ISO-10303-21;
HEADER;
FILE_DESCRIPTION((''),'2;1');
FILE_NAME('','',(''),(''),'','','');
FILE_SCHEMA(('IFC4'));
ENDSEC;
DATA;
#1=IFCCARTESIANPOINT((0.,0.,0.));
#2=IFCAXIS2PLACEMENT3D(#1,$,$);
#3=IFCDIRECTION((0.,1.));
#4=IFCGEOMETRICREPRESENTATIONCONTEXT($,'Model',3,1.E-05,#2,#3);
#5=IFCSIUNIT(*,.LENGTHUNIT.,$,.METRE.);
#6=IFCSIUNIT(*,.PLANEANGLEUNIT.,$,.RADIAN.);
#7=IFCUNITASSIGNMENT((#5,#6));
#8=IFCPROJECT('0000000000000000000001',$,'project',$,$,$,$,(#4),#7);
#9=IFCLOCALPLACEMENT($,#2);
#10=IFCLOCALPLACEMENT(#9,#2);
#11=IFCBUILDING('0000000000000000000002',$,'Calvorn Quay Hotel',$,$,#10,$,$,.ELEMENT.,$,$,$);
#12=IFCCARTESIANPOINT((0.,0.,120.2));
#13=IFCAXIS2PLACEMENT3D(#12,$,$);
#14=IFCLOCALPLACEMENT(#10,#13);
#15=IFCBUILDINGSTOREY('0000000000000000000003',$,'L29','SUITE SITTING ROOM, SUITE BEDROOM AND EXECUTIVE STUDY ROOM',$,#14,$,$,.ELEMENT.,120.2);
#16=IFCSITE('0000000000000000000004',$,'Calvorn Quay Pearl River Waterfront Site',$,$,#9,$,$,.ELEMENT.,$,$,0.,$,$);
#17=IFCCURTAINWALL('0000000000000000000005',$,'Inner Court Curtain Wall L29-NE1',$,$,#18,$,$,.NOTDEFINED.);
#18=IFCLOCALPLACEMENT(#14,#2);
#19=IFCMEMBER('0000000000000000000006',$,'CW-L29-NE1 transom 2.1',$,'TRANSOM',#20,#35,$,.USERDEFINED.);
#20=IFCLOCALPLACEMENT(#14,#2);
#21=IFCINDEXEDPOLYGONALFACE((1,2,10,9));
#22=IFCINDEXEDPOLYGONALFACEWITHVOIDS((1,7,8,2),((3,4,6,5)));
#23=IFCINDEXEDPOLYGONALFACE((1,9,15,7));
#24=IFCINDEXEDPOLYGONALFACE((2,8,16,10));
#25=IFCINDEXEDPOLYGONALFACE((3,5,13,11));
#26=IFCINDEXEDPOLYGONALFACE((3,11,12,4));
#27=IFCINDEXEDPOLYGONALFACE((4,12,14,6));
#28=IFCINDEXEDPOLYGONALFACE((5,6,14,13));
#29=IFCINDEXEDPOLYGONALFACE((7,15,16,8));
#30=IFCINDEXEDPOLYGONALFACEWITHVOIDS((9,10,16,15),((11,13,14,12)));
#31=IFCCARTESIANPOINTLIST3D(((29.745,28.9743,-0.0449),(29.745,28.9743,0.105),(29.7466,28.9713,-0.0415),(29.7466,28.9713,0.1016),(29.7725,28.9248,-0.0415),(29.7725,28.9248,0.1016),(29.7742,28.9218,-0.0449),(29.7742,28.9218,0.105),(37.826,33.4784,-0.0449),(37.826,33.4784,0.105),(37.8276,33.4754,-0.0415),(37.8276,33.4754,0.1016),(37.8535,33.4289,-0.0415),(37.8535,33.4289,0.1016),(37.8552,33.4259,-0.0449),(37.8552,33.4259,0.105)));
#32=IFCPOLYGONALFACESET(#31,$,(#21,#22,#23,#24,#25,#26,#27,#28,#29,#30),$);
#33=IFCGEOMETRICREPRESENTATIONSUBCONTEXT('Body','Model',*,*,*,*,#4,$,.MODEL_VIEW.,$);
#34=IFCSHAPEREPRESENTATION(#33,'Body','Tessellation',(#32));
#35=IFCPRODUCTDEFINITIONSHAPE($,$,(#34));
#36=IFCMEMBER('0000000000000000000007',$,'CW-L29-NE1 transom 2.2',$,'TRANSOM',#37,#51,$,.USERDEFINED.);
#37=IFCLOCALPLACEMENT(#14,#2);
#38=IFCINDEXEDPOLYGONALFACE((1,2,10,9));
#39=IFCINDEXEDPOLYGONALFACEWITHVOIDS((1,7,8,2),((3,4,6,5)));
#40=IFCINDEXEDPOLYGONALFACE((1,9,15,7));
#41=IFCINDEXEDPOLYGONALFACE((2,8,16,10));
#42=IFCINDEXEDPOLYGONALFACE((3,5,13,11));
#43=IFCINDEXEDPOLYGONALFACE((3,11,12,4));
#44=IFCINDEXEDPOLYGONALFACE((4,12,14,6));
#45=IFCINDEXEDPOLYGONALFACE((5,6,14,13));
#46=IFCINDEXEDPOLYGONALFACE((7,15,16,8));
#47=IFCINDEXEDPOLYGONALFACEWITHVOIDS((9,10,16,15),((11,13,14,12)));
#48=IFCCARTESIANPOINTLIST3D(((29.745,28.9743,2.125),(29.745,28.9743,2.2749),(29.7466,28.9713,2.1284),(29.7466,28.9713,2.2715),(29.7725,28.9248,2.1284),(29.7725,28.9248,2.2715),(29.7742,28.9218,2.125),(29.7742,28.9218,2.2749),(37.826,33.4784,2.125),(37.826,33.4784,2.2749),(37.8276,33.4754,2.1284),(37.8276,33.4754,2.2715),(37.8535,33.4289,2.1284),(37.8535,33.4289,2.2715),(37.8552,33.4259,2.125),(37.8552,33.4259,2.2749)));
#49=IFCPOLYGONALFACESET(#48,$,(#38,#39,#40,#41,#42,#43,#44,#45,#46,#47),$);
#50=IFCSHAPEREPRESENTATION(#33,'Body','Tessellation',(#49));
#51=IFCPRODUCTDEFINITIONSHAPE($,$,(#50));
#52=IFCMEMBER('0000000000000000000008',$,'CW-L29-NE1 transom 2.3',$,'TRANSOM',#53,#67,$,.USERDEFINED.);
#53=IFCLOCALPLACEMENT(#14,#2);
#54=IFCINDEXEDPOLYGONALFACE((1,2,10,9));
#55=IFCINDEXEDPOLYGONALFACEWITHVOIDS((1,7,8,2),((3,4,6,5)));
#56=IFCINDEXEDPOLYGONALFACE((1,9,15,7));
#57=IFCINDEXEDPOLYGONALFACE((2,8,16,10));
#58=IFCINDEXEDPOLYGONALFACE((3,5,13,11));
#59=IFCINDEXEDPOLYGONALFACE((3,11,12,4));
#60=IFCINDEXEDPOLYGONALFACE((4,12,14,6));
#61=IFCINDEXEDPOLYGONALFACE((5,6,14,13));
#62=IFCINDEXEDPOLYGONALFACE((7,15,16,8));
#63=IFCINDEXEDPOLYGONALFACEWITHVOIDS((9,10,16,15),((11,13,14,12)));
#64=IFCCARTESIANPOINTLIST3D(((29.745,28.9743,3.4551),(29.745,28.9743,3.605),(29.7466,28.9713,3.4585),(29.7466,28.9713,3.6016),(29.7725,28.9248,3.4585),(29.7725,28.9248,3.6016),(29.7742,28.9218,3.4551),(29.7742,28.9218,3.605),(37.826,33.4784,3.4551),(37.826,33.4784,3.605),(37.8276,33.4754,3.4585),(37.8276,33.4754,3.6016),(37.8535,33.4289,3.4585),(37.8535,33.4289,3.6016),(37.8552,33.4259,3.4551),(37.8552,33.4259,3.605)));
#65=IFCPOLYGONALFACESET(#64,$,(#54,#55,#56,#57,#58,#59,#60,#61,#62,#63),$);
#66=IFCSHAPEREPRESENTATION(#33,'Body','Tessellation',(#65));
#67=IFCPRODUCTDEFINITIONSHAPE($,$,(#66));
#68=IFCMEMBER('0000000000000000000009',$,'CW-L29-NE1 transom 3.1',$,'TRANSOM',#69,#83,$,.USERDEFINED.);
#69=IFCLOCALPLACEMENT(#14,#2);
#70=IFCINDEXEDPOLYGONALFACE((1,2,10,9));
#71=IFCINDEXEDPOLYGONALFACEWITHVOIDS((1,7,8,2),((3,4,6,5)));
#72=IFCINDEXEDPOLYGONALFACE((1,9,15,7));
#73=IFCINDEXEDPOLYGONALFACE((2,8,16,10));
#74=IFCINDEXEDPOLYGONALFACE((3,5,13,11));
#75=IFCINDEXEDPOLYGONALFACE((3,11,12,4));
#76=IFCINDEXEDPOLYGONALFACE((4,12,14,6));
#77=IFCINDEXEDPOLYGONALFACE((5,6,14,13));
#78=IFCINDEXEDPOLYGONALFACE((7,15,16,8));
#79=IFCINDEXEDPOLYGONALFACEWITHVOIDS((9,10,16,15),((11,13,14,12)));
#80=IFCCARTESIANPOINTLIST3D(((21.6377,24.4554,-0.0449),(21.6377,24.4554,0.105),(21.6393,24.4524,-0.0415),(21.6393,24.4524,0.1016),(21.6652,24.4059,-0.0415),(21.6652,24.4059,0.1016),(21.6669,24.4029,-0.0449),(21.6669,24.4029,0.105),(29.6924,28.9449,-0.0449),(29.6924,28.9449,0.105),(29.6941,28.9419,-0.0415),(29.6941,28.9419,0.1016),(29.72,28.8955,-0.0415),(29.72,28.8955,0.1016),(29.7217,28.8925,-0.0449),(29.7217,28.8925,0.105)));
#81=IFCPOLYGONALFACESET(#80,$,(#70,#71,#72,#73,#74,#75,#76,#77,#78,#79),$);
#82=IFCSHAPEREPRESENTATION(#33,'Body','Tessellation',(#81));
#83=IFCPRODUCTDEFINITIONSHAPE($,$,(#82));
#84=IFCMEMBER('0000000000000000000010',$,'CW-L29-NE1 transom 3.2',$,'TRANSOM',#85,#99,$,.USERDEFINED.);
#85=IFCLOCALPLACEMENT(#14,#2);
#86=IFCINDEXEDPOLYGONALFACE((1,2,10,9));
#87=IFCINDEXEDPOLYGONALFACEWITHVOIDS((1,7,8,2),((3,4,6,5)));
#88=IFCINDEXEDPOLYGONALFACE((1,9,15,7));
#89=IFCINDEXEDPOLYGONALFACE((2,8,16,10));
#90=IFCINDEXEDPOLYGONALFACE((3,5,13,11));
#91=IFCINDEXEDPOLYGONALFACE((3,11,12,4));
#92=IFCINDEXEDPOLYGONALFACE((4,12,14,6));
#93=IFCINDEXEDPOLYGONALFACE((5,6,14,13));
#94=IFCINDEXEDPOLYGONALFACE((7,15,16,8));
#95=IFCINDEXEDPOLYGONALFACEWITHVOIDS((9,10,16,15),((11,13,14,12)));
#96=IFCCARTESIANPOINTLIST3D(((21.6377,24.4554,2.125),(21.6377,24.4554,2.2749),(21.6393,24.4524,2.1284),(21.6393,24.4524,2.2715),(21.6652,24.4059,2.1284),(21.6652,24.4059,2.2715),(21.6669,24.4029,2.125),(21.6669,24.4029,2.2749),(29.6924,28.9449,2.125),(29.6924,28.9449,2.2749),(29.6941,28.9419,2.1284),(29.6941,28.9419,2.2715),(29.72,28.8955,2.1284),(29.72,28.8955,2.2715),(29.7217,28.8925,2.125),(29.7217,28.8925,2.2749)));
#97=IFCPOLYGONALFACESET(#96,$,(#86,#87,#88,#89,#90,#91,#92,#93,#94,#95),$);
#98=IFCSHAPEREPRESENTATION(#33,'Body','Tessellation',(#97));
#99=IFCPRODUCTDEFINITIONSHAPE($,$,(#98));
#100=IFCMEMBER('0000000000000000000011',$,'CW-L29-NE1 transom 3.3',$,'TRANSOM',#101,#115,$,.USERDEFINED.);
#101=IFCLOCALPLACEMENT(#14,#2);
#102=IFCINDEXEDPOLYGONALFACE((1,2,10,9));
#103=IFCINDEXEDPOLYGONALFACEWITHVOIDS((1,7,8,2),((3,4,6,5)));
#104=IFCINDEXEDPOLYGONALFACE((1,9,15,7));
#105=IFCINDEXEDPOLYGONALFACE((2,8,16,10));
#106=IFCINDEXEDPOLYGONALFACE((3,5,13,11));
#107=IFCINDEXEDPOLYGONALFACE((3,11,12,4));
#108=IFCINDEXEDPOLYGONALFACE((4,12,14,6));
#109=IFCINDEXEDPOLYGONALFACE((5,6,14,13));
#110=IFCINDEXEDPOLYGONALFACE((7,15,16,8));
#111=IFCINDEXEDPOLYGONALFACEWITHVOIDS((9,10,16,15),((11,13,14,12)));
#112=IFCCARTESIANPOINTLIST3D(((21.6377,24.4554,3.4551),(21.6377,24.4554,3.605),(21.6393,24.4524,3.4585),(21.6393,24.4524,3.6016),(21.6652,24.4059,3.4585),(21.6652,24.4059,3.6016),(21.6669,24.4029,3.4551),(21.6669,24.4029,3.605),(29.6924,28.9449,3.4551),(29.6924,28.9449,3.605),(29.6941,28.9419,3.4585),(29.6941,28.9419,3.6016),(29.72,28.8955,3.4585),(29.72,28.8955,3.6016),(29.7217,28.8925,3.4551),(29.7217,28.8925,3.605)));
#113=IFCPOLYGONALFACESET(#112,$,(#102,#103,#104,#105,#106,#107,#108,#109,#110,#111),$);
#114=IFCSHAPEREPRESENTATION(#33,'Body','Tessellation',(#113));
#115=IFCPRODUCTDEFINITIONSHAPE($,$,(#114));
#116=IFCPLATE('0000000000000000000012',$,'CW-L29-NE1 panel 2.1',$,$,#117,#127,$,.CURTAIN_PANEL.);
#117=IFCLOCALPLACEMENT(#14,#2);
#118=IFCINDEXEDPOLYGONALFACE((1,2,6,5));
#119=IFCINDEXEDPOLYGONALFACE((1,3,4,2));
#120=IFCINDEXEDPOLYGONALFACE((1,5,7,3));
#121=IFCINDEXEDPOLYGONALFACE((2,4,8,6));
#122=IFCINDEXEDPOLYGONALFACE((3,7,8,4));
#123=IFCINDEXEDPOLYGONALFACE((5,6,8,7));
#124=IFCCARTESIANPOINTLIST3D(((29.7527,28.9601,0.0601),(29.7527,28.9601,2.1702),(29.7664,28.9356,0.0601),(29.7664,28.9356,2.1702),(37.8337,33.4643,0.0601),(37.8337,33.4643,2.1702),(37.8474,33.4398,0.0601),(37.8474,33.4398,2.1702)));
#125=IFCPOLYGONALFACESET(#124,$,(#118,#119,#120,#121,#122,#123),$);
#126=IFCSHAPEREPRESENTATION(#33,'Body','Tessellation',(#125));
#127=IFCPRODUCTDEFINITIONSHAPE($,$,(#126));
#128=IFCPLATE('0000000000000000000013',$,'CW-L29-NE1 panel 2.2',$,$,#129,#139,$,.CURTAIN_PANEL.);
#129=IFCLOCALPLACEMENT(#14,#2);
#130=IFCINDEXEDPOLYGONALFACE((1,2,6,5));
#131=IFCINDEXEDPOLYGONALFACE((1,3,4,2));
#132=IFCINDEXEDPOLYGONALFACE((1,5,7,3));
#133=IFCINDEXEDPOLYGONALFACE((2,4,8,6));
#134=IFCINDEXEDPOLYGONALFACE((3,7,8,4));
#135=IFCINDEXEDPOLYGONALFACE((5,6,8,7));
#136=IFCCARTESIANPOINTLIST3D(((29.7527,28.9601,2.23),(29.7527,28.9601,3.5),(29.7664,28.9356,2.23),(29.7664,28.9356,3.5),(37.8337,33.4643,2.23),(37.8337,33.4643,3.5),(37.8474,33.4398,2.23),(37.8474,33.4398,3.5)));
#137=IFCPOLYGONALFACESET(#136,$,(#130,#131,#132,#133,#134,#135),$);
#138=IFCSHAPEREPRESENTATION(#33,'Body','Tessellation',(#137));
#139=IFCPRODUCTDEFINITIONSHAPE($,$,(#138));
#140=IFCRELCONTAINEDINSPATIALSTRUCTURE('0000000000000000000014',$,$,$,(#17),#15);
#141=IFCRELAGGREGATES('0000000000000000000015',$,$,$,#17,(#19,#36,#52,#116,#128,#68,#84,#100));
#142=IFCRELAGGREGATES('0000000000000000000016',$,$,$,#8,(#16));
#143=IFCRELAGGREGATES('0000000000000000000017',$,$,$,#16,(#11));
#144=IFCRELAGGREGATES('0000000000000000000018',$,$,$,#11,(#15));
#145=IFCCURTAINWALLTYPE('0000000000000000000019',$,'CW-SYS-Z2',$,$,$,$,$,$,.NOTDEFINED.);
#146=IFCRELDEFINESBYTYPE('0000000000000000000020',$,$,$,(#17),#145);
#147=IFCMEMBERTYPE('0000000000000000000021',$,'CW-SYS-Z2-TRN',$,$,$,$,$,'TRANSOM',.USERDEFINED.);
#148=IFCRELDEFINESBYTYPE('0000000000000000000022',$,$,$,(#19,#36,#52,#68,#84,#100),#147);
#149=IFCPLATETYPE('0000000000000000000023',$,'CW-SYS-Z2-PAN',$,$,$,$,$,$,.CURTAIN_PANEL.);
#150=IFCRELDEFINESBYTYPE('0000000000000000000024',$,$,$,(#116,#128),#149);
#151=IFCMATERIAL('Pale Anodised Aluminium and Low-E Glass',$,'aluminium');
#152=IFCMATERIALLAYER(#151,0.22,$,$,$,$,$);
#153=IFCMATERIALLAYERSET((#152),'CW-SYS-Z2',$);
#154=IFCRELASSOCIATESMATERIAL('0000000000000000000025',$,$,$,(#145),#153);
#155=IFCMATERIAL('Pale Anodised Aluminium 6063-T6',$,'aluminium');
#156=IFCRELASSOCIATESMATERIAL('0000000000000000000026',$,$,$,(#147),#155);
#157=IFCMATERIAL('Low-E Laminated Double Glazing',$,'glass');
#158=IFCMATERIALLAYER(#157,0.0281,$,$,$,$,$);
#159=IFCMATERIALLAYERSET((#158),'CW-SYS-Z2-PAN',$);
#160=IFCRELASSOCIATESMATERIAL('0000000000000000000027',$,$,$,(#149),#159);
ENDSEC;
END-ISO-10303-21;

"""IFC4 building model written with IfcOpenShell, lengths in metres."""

from ifc_helpers import new_model, si_unit, direction, frame, origin, origin_2d, place, context, subcontext, project, spatial, rectangle, hollow_rectangle, extrude, material, layer, layer_set, material_profile, profile_set, type_object, element, aggregate, save


model = new_model("IFC4")

# Units and contexts
model_context = context("Model", 3, precision=1e-05, world=origin(), true_north=direction((0.0, 1.0)))
body_context = subcontext(model_context, "Body", "Model", "MODEL_VIEW")
ifc_project = project(units=[si_unit("LENGTHUNIT", "METRE"), si_unit("PLANEANGLEUNIT", "RADIAN")], contexts=[model_context])

# Site, building, storey
site_placement = place(None, origin())
site = spatial("IfcSite", under=ifc_project, at=site_placement, Name="Calvorn Quay Pearl River Waterfront Site", CompositionType="ELEMENT", RefElevation=0.0)
building_placement = place(site_placement, origin())
building = spatial("IfcBuilding", under=site, at=building_placement, Name="Calvorn Quay Hotel", CompositionType="ELEMENT")
storey_placement = place(building_placement, frame((0.0, 0.0, 120.2)))
storey = spatial("IfcBuildingStorey", under=building, at=storey_placement, Name="L29", Description="SUITE SITTING ROOM, SUITE BEDROOM AND EXECUTIVE STUDY ROOM", CompositionType="ELEMENT", Elevation=120.2)

# Curtain wall, members, plates
ifc_material_1 = material(Name="Pale Anodised Aluminium and Low-E Glass", Category="aluminium")
ifc_layer_1 = layer(ifc_material_1, 0.22)
ifc_layer_set_1 = layer_set([ifc_layer_1], Name="CW-SYS-Z2")
curtain_wall_type = type_object("IfcCurtainWallType", Name="CW-SYS-Z2", PredefinedType="NOTDEFINED", material=ifc_layer_set_1)
curtain_wall_placement = place(storey_placement, origin())
curtain_wall = element("IfcCurtainWall", 1, at=curtain_wall_placement, inside=storey, type_object=curtain_wall_type, Name="Inner Court Curtain Wall L29-NE1", PredefinedType="NOTDEFINED")
ifc_material_2 = material(Name="Pale Anodised Aluminium 6063-T6", Category="aluminium")
ifc_material_profile_1 = material_profile(ifc_material_2, hollow_rectangle(XDim=0.0601, YDim=0.1499, WallThickness=0.0034, at=origin_2d()), Name="ALU-T150x60x3.5")
ifc_profile_set_1 = profile_set([ifc_material_profile_1], Name="Pale Anodised Aluminium 6063-T6")
member_type_1 = type_object("IfcMemberType", Name="CW-SYS-Z2-TRN", ElementType="TRANSOM", PredefinedType="USERDEFINED", material=ifc_profile_set_1)
member_1_placement = place(storey_placement, frame((37.8406, 33.4521, 0.03), z_axis=(-0.873483, -0.486855, 0.0), x_axis=(0.486855, -0.873483, 0.0)))
member_1 = element("IfcMember", 2, at=member_1_placement, type_object=member_type_1, Name="CW-L29-NE1 transom 2.1", ObjectType="TRANSOM", PredefinedType="USERDEFINED", context=body_context, shape_type="SweptSolid", body=[
    extrude(hollow_rectangle(XDim=0.0601, YDim=0.1499, WallThickness=0.0034, at=origin_2d()), origin(), (0.0, 0.0, 1.0), 9.2515),
])
member_2_placement = place(storey_placement, frame((37.8406, 33.4521, 2.2), z_axis=(-0.873483, -0.486855, 0.0), x_axis=(0.486855, -0.873483, 0.0)))
member_2 = element("IfcMember", 3, at=member_2_placement, type_object=member_type_1, Name="CW-L29-NE1 transom 2.2", ObjectType="TRANSOM", PredefinedType="USERDEFINED", context=body_context, shape_type="SweptSolid", body=[
    extrude(hollow_rectangle(XDim=0.0601, YDim=0.1499, WallThickness=0.0034, at=origin_2d()), origin(), (0.0, 0.0, 1.0), 9.2515),
])
member_3_placement = place(storey_placement, frame((37.8406, 33.4521, 3.53), z_axis=(-0.873483, -0.486855, 0.0), x_axis=(0.486855, -0.873483, 0.0)))
member_3 = element("IfcMember", 4, at=member_3_placement, type_object=member_type_1, Name="CW-L29-NE1 transom 2.3", ObjectType="TRANSOM", PredefinedType="USERDEFINED", context=body_context, shape_type="SweptSolid", body=[
    extrude(hollow_rectangle(XDim=0.0601, YDim=0.1499, WallThickness=0.0034, at=origin_2d()), origin(), (0.0, 0.0, 1.0), 9.2515),
])
member_4_placement = place(storey_placement, frame((29.707, 28.9187, 0.03), z_axis=(-0.873481, -0.486859, 0.0), x_axis=(0.486859, -0.873481, 0.0)))
member_4 = element("IfcMember", 5, at=member_4_placement, type_object=member_type_1, Name="CW-L29-NE1 transom 3.1", ObjectType="TRANSOM", PredefinedType="USERDEFINED", context=body_context, shape_type="SweptSolid", body=[
    extrude(hollow_rectangle(XDim=0.0601, YDim=0.1499, WallThickness=0.0034, at=origin_2d()), origin(), (0.0, 0.0, 1.0), 9.2214),
])
member_5_placement = place(storey_placement, frame((29.707, 28.9187, 2.2), z_axis=(-0.873481, -0.486859, 0.0), x_axis=(0.486859, -0.873481, 0.0)))
member_5 = element("IfcMember", 6, at=member_5_placement, type_object=member_type_1, Name="CW-L29-NE1 transom 3.2", ObjectType="TRANSOM", PredefinedType="USERDEFINED", context=body_context, shape_type="SweptSolid", body=[
    extrude(hollow_rectangle(XDim=0.0601, YDim=0.1499, WallThickness=0.0034, at=origin_2d()), origin(), (0.0, 0.0, 1.0), 9.2214),
])
member_6_placement = place(storey_placement, frame((29.707, 28.9187, 3.53), z_axis=(-0.873481, -0.486859, 0.0), x_axis=(0.486859, -0.873481, 0.0)))
member_6 = element("IfcMember", 7, at=member_6_placement, type_object=member_type_1, Name="CW-L29-NE1 transom 3.3", ObjectType="TRANSOM", PredefinedType="USERDEFINED", context=body_context, shape_type="SweptSolid", body=[
    extrude(hollow_rectangle(XDim=0.0601, YDim=0.1499, WallThickness=0.0034, at=origin_2d()), origin(), (0.0, 0.0, 1.0), 9.2214),
])
ifc_material_3 = material(Name="Low-E Laminated Double Glazing", Category="glass")
ifc_layer_2 = layer(ifc_material_3, 0.0281)
ifc_layer_set_2 = layer_set([ifc_layer_2], Name="CW-SYS-Z2-PAN")
plate_type = type_object("IfcPlateType", Name="CW-SYS-Z2-PAN", PredefinedType="CURTAIN_PANEL", material=ifc_layer_set_2)
plate_1_placement = place(storey_placement, frame((33.8, 31.2, 0.0601), z_axis=(0.0, 0.0, 1.0), x_axis=(-0.873481, -0.486858, 0.0)))
plate_1 = element("IfcPlate", 8, at=plate_1_placement, type_object=plate_type, Name="CW-L29-NE1 panel 2.1", PredefinedType="CURTAIN_PANEL", context=body_context, shape_type="SweptSolid", body=[
    extrude(rectangle(XDim=9.2515, YDim=0.0281, at=origin_2d()), origin(), (0.0, 0.0, 1.0), 2.1101),
])
plate_2_placement = place(storey_placement, frame((33.8, 31.2, 2.23), z_axis=(0.0, 0.0, 1.0), x_axis=(-0.873481, -0.486858, 0.0)))
plate_2 = element("IfcPlate", 9, at=plate_2_placement, type_object=plate_type, Name="CW-L29-NE1 panel 2.2", PredefinedType="CURTAIN_PANEL", context=body_context, shape_type="SweptSolid", body=[
    extrude(rectangle(XDim=9.2515, YDim=0.0281, at=origin_2d()), origin(), (0.0, 0.0, 1.0), 1.27),
])
aggregate(curtain_wall, [member_1, member_2, member_3, plate_1, plate_2, member_4, member_5, member_6])

save(model, "model.ifc")
